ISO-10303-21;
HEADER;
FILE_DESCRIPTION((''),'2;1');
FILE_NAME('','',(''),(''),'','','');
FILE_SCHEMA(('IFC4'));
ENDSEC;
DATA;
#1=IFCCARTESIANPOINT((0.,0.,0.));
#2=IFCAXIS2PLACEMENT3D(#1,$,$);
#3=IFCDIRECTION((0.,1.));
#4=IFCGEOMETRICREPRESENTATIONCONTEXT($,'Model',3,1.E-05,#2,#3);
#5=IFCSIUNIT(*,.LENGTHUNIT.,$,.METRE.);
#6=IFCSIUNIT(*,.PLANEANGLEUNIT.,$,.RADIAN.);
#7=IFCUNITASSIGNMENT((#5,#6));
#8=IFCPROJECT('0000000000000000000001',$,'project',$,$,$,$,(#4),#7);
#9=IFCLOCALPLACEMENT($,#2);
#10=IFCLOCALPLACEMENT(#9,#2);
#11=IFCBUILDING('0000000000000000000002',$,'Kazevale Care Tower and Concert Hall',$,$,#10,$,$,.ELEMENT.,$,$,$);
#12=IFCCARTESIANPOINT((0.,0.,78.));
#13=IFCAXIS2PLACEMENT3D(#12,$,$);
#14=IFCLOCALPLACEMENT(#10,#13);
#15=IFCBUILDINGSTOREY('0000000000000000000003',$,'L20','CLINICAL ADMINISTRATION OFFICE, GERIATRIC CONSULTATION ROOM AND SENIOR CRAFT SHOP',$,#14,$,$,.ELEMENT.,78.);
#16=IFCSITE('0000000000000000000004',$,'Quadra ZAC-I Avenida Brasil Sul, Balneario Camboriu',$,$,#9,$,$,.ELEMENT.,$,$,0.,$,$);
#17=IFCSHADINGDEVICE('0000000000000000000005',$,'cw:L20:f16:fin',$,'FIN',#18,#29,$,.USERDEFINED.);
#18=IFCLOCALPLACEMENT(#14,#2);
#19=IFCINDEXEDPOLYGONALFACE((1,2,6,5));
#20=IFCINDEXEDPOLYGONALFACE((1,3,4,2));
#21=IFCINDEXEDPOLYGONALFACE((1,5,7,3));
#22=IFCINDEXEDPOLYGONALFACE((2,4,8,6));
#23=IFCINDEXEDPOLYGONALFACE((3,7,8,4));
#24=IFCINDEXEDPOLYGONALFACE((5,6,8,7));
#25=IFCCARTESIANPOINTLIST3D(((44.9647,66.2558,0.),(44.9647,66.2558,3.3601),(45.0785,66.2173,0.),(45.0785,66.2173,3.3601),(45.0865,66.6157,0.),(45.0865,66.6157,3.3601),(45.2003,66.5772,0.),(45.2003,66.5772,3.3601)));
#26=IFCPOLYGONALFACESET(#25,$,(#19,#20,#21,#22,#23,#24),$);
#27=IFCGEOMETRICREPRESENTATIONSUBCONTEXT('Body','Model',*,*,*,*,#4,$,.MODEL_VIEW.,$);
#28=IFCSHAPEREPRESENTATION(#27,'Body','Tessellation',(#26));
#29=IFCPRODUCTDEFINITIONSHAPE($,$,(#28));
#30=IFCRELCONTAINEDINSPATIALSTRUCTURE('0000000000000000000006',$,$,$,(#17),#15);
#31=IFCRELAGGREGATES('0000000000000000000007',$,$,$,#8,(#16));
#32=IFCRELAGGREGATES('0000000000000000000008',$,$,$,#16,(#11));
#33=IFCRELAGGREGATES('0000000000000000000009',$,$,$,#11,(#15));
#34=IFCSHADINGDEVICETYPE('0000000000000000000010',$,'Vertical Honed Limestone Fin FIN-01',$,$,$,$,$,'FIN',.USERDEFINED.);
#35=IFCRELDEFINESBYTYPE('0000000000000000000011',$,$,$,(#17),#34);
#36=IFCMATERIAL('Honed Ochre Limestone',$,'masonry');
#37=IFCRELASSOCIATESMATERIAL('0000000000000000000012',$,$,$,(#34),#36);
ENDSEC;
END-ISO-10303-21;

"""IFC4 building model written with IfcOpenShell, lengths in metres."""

from ifc_helpers import new_model, si_unit, direction, frame, origin, origin_2d, place, context, subcontext, project, spatial, rectangle, extrude, material, type_object, element, save


model = new_model("IFC4")

# Units and contexts
model_context = context("Model", 3, precision=1e-05, world=origin(), true_north=direction((0.0, 1.0)))
body_context = subcontext(model_context, "Body", "Model", "MODEL_VIEW")
ifc_project = project(units=[si_unit("LENGTHUNIT", "METRE"), si_unit("PLANEANGLEUNIT", "RADIAN")], contexts=[model_context])

# Site, building, storey
site_placement = place(None, origin())
site = spatial("IfcSite", under=ifc_project, at=site_placement, Name="Quadra ZAC-I Avenida Brasil Sul, Balneario Camboriu", CompositionType="ELEMENT", RefElevation=0.0)
building_placement = place(site_placement, origin())
building = spatial("IfcBuilding", under=site, at=building_placement, Name="Kazevale Care Tower and Concert Hall", CompositionType="ELEMENT")
storey_placement = place(building_placement, frame((0.0, 0.0, 78.0)))
storey = spatial("IfcBuildingStorey", under=building, at=storey_placement, Name="L20", Description="CLINICAL ADMINISTRATION OFFICE, GERIATRIC CONSULTATION ROOM AND SENIOR CRAFT SHOP", CompositionType="ELEMENT", Elevation=78.0)

# Shading device
ifc_material_1 = material(Name="Honed Ochre Limestone", Category="masonry")
shading_device_type = type_object("IfcShadingDeviceType", Name="Vertical Honed Limestone Fin FIN-01", ElementType="FIN", PredefinedType="USERDEFINED", material=ifc_material_1)
shading_device_placement = place(storey_placement, frame((45.0825, 66.4165, 0.0), z_axis=(0.0, 0.0, 1.0), x_axis=(0.320613, 0.94721, 0.0)))
element("IfcShadingDevice", 1, at=shading_device_placement, inside=storey, type_object=shading_device_type, Name="cw:L20:f16:fin", ObjectType="FIN", PredefinedType="USERDEFINED", context=body_context, shape_type="SweptSolid", body=[
    extrude(rectangle(XDim=0.3799, YDim=0.1201, at=origin_2d()), origin(), (0.0, 0.0, 1.0), 3.3601),
])

save(model, "model.ifc")
